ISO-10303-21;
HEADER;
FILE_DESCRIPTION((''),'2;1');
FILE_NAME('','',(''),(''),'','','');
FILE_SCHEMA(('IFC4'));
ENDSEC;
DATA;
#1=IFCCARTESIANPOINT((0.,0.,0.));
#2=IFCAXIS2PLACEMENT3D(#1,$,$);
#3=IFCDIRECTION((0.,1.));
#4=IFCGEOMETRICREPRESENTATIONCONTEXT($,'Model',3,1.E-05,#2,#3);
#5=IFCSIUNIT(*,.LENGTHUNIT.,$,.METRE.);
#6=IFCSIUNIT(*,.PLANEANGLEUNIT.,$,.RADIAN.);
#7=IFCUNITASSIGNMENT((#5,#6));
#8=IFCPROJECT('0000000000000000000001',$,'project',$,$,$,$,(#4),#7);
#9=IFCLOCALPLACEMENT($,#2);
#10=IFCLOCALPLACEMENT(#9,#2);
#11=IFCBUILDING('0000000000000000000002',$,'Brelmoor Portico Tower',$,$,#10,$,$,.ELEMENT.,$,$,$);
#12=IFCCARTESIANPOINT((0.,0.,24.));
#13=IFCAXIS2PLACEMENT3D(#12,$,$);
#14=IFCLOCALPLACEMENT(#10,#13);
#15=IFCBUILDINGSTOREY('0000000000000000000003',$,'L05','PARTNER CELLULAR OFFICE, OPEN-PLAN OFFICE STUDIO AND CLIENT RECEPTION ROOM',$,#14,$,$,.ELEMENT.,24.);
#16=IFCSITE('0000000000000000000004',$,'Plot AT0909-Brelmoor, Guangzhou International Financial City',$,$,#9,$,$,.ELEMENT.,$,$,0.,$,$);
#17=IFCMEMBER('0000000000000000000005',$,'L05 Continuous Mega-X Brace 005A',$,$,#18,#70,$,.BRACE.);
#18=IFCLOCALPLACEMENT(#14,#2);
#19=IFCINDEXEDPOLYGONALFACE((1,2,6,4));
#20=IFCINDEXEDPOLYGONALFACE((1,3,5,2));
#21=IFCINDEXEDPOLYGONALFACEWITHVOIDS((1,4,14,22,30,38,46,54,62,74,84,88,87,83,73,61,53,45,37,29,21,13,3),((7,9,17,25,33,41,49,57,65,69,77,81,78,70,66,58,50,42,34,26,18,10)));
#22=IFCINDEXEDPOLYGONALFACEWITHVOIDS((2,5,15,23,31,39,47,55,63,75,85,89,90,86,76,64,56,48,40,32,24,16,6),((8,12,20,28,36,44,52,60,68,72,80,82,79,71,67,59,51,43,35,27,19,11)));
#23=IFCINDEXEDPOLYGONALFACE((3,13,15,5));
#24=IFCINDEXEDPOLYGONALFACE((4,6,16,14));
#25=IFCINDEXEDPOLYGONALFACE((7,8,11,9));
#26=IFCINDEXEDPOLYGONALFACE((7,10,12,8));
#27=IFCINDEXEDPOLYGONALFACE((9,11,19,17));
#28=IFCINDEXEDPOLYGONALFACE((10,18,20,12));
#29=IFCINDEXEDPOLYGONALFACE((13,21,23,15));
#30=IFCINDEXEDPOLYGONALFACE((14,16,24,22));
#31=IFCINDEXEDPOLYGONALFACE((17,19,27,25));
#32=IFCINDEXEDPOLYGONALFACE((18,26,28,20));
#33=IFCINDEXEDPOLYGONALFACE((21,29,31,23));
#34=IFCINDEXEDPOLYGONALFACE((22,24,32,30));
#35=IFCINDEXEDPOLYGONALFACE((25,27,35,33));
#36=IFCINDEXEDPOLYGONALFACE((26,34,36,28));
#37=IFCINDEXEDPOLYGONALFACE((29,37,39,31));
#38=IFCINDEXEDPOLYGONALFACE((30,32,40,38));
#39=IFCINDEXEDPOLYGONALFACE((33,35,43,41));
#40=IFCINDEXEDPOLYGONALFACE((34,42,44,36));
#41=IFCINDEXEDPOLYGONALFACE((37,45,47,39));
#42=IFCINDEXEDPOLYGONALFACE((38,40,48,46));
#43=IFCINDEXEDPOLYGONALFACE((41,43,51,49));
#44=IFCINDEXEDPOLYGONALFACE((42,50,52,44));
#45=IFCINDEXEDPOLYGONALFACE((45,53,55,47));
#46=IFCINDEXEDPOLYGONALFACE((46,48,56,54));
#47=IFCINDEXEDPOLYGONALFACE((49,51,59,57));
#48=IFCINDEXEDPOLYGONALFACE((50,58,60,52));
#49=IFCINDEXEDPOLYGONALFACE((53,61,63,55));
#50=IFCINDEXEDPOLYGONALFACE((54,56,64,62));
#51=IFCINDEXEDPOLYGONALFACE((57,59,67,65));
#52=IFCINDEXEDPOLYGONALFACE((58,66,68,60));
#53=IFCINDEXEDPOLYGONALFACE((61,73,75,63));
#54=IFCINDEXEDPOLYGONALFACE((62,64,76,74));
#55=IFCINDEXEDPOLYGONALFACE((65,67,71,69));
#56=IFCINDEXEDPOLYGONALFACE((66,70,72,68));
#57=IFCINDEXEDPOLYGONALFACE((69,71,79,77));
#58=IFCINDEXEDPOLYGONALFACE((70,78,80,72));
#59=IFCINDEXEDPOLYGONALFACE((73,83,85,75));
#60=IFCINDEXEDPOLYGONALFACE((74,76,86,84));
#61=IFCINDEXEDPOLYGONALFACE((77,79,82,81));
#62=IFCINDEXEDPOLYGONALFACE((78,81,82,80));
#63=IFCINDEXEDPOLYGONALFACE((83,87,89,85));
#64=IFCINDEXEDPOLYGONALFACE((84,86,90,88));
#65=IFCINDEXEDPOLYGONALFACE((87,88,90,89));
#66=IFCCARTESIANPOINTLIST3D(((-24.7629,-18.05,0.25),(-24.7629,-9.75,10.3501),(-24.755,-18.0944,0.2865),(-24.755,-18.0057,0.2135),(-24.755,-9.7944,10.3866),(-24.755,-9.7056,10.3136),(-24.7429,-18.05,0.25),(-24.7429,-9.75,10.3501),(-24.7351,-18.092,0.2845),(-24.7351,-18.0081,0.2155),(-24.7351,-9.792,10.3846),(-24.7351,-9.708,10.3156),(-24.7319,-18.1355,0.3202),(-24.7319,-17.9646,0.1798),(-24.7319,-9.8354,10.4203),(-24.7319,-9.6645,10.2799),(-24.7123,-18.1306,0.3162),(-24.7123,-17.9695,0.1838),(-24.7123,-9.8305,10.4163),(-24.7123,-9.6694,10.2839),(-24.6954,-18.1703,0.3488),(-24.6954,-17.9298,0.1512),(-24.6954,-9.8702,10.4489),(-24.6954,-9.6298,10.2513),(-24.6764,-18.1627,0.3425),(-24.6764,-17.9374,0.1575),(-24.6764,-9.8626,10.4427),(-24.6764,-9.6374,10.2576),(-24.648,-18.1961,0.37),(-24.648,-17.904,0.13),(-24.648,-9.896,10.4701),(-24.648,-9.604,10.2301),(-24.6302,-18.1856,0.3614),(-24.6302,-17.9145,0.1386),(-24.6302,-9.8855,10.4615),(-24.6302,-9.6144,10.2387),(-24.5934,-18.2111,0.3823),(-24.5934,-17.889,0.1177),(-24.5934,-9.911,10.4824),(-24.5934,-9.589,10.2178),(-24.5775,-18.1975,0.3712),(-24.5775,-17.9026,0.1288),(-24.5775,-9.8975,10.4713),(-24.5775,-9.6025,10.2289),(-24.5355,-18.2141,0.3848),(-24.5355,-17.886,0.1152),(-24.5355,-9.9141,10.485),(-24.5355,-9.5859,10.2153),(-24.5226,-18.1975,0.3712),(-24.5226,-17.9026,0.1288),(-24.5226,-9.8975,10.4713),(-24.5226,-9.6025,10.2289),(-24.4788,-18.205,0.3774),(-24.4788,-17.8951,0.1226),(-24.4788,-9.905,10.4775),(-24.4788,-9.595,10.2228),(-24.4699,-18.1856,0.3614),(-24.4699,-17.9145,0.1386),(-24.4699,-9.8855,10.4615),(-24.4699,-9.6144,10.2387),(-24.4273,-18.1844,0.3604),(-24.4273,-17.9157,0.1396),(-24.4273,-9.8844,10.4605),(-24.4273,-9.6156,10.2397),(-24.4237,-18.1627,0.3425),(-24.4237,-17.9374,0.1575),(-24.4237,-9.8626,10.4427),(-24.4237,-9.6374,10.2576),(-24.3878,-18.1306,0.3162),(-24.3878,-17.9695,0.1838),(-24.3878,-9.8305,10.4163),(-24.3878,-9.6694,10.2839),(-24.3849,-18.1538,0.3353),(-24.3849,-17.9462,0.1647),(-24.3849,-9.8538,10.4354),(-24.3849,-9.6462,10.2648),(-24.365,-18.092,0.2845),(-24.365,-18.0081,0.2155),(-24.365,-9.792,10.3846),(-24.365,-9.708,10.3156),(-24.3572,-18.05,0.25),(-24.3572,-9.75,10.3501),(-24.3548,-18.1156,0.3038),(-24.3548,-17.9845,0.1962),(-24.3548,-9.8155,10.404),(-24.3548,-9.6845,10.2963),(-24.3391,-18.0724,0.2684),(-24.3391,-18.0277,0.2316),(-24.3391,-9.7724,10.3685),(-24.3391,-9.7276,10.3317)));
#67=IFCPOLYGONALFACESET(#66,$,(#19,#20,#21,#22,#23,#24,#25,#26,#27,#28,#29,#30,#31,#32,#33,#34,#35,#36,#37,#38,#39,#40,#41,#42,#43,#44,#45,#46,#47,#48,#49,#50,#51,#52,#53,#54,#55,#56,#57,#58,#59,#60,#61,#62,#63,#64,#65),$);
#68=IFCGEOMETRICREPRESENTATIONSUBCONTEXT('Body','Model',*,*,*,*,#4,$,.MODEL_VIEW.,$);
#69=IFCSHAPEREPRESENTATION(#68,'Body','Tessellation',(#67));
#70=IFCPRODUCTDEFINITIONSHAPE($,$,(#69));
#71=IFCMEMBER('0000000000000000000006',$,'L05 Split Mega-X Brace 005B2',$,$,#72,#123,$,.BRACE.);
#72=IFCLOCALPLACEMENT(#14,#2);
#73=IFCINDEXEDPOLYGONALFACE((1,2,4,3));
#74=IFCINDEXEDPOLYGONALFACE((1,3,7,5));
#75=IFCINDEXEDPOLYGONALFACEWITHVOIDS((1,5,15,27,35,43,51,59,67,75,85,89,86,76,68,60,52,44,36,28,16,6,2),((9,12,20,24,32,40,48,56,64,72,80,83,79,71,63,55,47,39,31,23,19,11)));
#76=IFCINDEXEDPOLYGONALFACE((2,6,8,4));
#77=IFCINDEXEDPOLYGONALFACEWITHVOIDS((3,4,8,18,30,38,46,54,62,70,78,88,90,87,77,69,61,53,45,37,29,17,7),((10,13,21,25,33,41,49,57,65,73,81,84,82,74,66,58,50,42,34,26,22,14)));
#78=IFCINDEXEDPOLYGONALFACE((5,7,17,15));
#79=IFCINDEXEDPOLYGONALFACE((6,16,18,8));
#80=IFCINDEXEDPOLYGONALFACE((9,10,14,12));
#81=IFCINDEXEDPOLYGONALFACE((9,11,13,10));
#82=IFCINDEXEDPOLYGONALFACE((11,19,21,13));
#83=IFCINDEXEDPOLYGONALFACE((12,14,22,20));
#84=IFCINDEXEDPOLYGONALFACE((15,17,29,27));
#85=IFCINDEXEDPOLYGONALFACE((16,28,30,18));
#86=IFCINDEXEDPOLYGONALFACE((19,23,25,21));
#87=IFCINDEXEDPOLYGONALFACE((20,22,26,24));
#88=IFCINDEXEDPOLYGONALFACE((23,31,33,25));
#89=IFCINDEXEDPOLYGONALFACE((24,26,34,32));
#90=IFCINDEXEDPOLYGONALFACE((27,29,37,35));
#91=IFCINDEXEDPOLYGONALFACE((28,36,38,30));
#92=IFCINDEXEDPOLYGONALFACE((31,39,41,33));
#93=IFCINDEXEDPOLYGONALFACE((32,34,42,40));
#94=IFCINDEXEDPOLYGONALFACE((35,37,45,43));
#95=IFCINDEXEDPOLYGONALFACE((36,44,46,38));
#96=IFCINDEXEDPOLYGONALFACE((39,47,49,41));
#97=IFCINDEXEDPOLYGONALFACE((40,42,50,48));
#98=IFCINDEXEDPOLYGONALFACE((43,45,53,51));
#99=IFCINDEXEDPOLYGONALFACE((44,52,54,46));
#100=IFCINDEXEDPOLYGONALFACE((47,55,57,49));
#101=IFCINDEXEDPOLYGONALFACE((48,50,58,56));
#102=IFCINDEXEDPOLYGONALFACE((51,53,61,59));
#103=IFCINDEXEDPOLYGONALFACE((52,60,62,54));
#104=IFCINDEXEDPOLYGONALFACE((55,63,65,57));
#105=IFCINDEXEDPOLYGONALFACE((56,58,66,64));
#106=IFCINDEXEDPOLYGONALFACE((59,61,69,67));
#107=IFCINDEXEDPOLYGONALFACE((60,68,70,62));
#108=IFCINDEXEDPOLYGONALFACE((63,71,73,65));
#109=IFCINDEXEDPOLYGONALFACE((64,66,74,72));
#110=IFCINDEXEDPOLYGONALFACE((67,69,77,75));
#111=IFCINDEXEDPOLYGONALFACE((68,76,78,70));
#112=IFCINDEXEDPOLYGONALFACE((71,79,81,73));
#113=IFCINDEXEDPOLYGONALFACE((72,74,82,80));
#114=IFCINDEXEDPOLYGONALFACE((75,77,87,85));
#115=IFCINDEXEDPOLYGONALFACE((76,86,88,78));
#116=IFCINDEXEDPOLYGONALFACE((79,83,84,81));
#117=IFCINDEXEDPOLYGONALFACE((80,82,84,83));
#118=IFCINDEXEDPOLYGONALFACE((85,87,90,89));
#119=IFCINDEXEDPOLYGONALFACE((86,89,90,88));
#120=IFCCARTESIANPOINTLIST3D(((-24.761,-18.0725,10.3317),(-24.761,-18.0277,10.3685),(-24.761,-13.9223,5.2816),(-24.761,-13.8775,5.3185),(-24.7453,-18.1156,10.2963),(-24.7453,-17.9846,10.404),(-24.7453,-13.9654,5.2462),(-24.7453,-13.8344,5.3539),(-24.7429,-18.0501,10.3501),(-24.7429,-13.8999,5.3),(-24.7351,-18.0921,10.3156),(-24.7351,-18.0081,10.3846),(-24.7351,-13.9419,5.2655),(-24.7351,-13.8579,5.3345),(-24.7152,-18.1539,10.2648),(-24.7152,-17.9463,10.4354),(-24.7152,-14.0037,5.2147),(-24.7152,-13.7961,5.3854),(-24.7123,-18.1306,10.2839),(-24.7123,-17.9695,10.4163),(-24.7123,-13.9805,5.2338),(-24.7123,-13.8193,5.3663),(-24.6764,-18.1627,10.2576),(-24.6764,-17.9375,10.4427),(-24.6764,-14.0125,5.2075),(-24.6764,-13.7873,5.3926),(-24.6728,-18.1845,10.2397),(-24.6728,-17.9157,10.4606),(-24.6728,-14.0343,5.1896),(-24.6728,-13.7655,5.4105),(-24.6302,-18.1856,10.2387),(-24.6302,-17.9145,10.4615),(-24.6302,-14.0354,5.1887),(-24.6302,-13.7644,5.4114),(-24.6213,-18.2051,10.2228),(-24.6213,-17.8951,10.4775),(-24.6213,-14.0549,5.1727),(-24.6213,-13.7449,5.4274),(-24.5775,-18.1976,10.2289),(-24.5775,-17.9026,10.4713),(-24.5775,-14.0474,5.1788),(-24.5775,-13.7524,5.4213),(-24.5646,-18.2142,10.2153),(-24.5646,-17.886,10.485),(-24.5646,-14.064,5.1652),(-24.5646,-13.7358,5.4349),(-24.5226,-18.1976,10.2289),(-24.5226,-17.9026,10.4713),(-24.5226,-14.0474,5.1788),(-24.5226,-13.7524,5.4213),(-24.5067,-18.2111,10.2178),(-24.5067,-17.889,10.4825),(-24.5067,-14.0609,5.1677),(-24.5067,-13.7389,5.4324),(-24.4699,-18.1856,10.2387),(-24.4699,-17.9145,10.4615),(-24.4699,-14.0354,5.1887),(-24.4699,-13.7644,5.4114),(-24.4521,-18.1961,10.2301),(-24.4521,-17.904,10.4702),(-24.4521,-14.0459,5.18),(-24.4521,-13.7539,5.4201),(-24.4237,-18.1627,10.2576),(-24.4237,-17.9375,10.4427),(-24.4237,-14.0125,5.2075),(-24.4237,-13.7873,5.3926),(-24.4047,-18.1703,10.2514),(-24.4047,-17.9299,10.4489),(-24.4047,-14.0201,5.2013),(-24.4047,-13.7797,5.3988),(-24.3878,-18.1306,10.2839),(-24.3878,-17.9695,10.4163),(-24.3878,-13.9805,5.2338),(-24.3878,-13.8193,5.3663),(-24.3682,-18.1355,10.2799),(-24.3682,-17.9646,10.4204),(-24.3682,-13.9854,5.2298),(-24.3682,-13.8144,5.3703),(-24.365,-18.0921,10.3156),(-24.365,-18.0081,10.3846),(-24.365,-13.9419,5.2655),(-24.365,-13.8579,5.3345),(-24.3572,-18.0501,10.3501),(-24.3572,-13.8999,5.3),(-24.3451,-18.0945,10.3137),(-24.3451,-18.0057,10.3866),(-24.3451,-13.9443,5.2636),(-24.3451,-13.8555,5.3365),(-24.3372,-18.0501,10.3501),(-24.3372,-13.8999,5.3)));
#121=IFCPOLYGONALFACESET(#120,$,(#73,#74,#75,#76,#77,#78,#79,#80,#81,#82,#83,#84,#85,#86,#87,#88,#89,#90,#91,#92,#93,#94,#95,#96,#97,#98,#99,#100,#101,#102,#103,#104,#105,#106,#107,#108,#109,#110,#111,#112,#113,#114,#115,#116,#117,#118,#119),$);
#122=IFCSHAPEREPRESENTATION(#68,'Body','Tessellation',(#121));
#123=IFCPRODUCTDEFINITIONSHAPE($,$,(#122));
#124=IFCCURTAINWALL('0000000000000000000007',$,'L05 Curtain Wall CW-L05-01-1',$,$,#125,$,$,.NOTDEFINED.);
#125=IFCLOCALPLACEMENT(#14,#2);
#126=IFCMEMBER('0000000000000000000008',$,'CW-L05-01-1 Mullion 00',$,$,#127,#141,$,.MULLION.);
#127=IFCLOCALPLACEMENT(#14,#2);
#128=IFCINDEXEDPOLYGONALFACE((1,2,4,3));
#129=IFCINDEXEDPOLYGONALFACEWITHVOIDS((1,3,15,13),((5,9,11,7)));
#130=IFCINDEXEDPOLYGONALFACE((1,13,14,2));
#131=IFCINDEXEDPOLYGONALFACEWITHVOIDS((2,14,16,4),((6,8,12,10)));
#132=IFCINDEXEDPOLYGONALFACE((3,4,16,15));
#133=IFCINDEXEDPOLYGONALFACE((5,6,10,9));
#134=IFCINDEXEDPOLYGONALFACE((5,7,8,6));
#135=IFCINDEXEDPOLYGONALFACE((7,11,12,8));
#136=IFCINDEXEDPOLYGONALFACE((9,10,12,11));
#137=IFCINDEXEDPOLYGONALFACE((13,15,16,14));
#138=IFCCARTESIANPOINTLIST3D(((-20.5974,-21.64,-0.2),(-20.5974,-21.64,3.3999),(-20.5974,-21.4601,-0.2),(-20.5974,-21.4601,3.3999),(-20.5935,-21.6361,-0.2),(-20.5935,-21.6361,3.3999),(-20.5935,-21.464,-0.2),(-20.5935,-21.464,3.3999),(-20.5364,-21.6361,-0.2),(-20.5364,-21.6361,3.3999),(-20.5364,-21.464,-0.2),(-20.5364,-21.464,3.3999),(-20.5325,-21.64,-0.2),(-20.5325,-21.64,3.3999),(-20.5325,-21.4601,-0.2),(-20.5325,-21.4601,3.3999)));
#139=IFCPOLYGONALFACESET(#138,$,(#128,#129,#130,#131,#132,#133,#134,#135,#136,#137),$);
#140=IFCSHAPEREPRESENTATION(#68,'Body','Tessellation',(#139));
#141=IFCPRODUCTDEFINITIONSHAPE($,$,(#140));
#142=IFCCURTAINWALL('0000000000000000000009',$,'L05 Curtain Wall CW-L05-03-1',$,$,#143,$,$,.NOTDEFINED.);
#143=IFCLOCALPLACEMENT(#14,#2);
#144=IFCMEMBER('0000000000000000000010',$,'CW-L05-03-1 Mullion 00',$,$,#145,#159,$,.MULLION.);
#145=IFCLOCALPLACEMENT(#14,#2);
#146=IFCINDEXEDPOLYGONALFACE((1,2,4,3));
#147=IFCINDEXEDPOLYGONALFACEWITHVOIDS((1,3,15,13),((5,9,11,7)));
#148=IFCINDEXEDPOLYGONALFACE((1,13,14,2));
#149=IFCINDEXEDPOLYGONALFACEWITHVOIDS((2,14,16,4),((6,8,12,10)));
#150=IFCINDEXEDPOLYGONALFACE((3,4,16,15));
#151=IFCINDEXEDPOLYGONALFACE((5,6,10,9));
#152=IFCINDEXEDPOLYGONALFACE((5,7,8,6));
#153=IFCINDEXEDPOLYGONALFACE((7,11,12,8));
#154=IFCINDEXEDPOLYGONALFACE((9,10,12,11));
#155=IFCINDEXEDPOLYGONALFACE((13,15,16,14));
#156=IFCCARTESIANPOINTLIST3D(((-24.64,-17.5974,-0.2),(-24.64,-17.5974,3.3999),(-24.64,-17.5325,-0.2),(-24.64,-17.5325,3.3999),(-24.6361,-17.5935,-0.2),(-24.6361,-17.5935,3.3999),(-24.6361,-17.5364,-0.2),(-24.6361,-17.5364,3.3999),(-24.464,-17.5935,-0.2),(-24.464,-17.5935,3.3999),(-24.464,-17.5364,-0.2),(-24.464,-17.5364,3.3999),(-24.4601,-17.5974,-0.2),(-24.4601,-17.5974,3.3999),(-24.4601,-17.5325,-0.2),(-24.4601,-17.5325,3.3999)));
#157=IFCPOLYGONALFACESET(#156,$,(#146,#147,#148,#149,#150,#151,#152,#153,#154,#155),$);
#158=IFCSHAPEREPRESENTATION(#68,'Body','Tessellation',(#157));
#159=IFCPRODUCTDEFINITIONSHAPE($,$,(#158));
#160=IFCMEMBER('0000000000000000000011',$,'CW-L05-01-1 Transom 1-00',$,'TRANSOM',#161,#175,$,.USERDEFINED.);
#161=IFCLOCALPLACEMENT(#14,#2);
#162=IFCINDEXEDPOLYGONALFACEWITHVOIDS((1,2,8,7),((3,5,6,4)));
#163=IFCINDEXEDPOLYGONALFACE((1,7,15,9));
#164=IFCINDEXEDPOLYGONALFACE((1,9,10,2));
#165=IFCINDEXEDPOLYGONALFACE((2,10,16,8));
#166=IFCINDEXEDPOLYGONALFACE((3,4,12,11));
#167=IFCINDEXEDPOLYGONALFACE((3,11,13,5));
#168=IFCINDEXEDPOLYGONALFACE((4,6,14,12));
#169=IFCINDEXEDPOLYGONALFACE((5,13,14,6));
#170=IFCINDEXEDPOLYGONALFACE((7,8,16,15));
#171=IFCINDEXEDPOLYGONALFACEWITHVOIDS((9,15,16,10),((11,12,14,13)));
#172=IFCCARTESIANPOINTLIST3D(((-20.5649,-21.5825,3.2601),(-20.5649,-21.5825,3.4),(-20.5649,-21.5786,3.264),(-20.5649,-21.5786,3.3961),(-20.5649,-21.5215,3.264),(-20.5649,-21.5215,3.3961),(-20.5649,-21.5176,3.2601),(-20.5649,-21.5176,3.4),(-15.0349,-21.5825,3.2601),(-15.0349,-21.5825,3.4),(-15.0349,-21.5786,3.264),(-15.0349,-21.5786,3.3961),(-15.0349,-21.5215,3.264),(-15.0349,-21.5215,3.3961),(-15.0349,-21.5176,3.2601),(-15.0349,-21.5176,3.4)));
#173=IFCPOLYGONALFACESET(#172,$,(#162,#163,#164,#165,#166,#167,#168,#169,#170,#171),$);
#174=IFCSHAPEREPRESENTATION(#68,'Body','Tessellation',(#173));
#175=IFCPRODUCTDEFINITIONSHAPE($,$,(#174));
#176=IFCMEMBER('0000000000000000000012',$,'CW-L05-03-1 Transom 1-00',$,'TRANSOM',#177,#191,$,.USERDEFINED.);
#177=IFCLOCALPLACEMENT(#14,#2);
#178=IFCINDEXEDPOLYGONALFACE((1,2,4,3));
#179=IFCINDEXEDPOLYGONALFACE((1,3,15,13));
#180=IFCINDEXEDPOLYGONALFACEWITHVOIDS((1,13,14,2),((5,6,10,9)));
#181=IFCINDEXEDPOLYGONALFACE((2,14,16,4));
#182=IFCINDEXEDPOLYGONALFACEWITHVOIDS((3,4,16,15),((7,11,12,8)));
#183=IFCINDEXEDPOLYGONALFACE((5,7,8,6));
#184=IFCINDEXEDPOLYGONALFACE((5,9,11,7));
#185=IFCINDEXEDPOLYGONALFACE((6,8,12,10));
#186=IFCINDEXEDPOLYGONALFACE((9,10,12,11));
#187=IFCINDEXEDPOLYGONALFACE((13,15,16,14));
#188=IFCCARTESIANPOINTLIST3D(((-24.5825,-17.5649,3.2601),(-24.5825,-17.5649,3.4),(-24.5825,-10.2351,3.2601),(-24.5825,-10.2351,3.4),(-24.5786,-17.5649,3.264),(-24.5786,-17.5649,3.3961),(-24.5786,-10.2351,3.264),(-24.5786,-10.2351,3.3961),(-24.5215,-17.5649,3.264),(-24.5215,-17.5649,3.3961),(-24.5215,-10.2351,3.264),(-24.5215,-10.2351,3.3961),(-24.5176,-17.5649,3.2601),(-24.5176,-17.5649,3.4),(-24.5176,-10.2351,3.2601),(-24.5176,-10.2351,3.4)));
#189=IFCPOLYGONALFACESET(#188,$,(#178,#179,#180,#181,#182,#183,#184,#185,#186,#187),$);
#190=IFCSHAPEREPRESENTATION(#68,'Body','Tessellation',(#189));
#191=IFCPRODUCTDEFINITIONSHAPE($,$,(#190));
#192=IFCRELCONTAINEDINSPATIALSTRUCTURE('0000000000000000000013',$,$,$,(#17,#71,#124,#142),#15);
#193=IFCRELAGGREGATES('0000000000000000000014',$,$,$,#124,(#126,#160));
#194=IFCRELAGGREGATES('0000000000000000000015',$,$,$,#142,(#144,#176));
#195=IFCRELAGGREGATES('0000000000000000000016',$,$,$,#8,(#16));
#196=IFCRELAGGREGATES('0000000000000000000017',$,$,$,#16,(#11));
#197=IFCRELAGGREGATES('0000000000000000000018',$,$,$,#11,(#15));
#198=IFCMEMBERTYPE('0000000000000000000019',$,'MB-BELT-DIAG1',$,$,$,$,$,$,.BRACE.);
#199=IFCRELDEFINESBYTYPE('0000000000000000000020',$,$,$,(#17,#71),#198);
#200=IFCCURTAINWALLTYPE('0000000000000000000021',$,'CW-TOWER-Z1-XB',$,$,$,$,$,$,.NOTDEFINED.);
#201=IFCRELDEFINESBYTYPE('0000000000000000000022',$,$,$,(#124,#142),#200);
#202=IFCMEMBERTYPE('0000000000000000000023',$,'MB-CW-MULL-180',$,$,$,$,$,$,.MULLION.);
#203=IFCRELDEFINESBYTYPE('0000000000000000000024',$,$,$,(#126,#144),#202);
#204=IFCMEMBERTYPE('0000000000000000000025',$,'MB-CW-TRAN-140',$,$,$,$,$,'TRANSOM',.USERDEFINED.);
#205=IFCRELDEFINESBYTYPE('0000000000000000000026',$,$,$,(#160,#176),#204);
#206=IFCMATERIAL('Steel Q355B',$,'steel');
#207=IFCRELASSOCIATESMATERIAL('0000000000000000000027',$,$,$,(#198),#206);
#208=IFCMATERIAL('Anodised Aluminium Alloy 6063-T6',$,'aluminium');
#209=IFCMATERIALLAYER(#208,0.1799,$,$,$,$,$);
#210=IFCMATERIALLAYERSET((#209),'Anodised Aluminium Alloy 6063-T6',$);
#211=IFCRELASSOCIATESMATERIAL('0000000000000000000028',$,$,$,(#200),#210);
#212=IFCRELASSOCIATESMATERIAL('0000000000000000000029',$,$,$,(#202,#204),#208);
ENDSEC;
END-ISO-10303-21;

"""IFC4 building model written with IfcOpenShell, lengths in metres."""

from ifc_helpers import new_model, si_unit, direction, frame, origin, origin_2d, place, context, subcontext, project, spatial, hollow_rectangle, hollow_circle, extrude, material, layer, layer_set, material_profile, profile_set, type_object, element, aggregate, save


model = new_model("IFC4")

# Units and contexts
model_context = context("Model", 3, precision=1e-05, world=origin(), true_north=direction((0.0, 1.0)))
body_context = subcontext(model_context, "Body", "Model", "MODEL_VIEW")
ifc_project = project(units=[si_unit("LENGTHUNIT", "METRE"), si_unit("PLANEANGLEUNIT", "RADIAN")], contexts=[model_context])

# Site, building, storey
site_placement = place(None, origin())
site = spatial("IfcSite", under=ifc_project, at=site_placement, Name="Plot AT0909-Brelmoor, Guangzhou International Financial City", CompositionType="ELEMENT", RefElevation=0.0)
building_placement = place(site_placement, origin())
building = spatial("IfcBuilding", under=site, at=building_placement, Name="Brelmoor Portico Tower", CompositionType="ELEMENT")
storey_placement = place(building_placement, frame((0.0, 0.0, 24.0)))
storey = spatial("IfcBuildingStorey", under=building, at=storey_placement, Name="L05", Description="PARTNER CELLULAR OFFICE, OPEN-PLAN OFFICE STUDIO AND CLIENT RECEPTION ROOM", CompositionType="ELEMENT", Elevation=24.0)

# Shared definitions
ifc_material_1 = material(Name="Steel Q355B", Category="steel")

# Members
ifc_material_profile_1 = material_profile(ifc_material_1, hollow_circle(Radius=0.2129, WallThickness=0.02, at=origin_2d()), Name="CHS 426x20")
ifc_profile_set_1 = profile_set([ifc_material_profile_1], Name="Steel Q355B")
member_type_1 = type_object("IfcMemberType", Name="MB-BELT-DIAG1", PredefinedType="BRACE", material=ifc_profile_set_1)
member_1_placement = place(storey_placement, frame((-24.55, -18.05, 0.25), z_axis=(0.0, 0.634901, 0.772593), x_axis=(-1.0, 0.0, 0.0)))
element("IfcMember", 1, at=member_1_placement, inside=storey, type_object=member_type_1, Name="L05 Continuous Mega-X Brace 005A", PredefinedType="BRACE", context=body_context, shape_type="SweptSolid", body=[
    extrude(hollow_circle(Radius=0.2129, WallThickness=0.02, at=origin_2d()), origin(), (0.0, 0.0, 1.0), 13.073),
])
member_2_placement = place(storey_placement, frame((-24.55, -13.8999, 5.3), z_axis=(0.0, -0.634912, 0.772584), x_axis=(1.0, 0.0, 0.0)))
element("IfcMember", 2, at=member_2_placement, inside=storey, type_object=member_type_1, Name="L05 Split Mega-X Brace 005B2", PredefinedType="BRACE", context=body_context, shape_type="SweptSolid", body=[
    extrude(hollow_circle(Radius=0.2129, WallThickness=0.02, at=origin_2d()), origin(), (0.0, 0.0, 1.0), 6.5366),
])

# Curtain walls, members
ifc_material_2 = material(Name="Anodised Aluminium Alloy 6063-T6", Category="aluminium")
ifc_layer_1 = layer(ifc_material_2, 0.1799)
ifc_layer_set_1 = layer_set([ifc_layer_1], Name="Anodised Aluminium Alloy 6063-T6")
curtain_wall_type = type_object("IfcCurtainWallType", Name="CW-TOWER-Z1-XB", PredefinedType="NOTDEFINED", material=ifc_layer_set_1)
curtain_wall_1_placement = place(storey_placement, origin())
curtain_wall_1 = element("IfcCurtainWall", 3, at=curtain_wall_1_placement, inside=storey, type_object=curtain_wall_type, Name="L05 Curtain Wall CW-L05-01-1", PredefinedType="NOTDEFINED")
ifc_material_profile_2 = material_profile(ifc_material_2, hollow_rectangle(XDim=0.0649, YDim=0.1799, WallThickness=0.0039, at=origin_2d()), Name="ALU MULLION 65x180")
ifc_profile_set_2 = profile_set([ifc_material_profile_2], Name="Anodised Aluminium Alloy 6063-T6")
member_type_2 = type_object("IfcMemberType", Name="MB-CW-MULL-180", PredefinedType="MULLION", material=ifc_profile_set_2)
member_3_placement = place(storey_placement, frame((-20.5649, -21.55, -0.2), z_axis=(0.0, 0.0, 1.0), x_axis=(1.0, 0.0, 0.0)))
member_3 = element("IfcMember", 4, at=member_3_placement, type_object=member_type_2, Name="CW-L05-01-1 Mullion 00", PredefinedType="MULLION", context=body_context, shape_type="SweptSolid", body=[
    extrude(hollow_rectangle(XDim=0.0649, YDim=0.1799, WallThickness=0.0039, at=origin_2d()), origin(), (0.0, 0.0, 1.0), 3.5999),
])
curtain_wall_2_placement = place(storey_placement, origin())
curtain_wall_2 = element("IfcCurtainWall", 5, at=curtain_wall_2_placement, inside=storey, type_object=curtain_wall_type, Name="L05 Curtain Wall CW-L05-03-1", PredefinedType="NOTDEFINED")
member_4_placement = place(storey_placement, frame((-24.55, -17.5649, -0.2), z_axis=(0.0, 0.0, 1.0), x_axis=(0.0, 1.0, 0.0)))
member_4 = element("IfcMember", 6, at=member_4_placement, type_object=member_type_2, Name="CW-L05-03-1 Mullion 00", PredefinedType="MULLION", context=body_context, shape_type="SweptSolid", body=[
    extrude(hollow_rectangle(XDim=0.0649, YDim=0.1799, WallThickness=0.0039, at=origin_2d()), origin(), (0.0, 0.0, 1.0), 3.5999),
])

# Members
ifc_material_profile_3 = material_profile(ifc_material_2, hollow_rectangle(XDim=0.0649, YDim=0.1399, WallThickness=0.0039, at=origin_2d()), Name="ALU TRANSOM 65x140")
ifc_profile_set_3 = profile_set([ifc_material_profile_3], Name="Anodised Aluminium Alloy 6063-T6")
member_type_3 = type_object("IfcMemberType", Name="MB-CW-TRAN-140", ElementType="TRANSOM", PredefinedType="USERDEFINED", material=ifc_profile_set_3)
member_5_placement = place(storey_placement, frame((-20.5649, -21.55, 3.3301), z_axis=(1.0, 0.0, 0.0), x_axis=(0.0, 1.0, 0.0)))
member_5 = element("IfcMember", 7, at=member_5_placement, type_object=member_type_3, Name="CW-L05-01-1 Transom 1-00", ObjectType="TRANSOM", PredefinedType="USERDEFINED", context=body_context, shape_type="SweptSolid", body=[
    extrude(hollow_rectangle(XDim=0.0649, YDim=0.1399, WallThickness=0.0039, at=origin_2d()), origin(), (0.0, 0.0, 1.0), 5.53),
])
aggregate(curtain_wall_1, [member_3, member_5])
member_6_placement = place(storey_placement, frame((-24.55, -17.5649, 3.3301), z_axis=(0.0, 1.0, 0.0), x_axis=(-1.0, 0.0, 0.0)))
member_6 = element("IfcMember", 8, at=member_6_placement, type_object=member_type_3, Name="CW-L05-03-1 Transom 1-00", ObjectType="TRANSOM", PredefinedType="USERDEFINED", context=body_context, shape_type="SweptSolid", body=[
    extrude(hollow_rectangle(XDim=0.0649, YDim=0.1399, WallThickness=0.0039, at=origin_2d()), origin(), (0.0, 0.0, 1.0), 7.3298),
])

aggregate(curtain_wall_2, [member_4, member_6])

save(model, "model.ifc")
